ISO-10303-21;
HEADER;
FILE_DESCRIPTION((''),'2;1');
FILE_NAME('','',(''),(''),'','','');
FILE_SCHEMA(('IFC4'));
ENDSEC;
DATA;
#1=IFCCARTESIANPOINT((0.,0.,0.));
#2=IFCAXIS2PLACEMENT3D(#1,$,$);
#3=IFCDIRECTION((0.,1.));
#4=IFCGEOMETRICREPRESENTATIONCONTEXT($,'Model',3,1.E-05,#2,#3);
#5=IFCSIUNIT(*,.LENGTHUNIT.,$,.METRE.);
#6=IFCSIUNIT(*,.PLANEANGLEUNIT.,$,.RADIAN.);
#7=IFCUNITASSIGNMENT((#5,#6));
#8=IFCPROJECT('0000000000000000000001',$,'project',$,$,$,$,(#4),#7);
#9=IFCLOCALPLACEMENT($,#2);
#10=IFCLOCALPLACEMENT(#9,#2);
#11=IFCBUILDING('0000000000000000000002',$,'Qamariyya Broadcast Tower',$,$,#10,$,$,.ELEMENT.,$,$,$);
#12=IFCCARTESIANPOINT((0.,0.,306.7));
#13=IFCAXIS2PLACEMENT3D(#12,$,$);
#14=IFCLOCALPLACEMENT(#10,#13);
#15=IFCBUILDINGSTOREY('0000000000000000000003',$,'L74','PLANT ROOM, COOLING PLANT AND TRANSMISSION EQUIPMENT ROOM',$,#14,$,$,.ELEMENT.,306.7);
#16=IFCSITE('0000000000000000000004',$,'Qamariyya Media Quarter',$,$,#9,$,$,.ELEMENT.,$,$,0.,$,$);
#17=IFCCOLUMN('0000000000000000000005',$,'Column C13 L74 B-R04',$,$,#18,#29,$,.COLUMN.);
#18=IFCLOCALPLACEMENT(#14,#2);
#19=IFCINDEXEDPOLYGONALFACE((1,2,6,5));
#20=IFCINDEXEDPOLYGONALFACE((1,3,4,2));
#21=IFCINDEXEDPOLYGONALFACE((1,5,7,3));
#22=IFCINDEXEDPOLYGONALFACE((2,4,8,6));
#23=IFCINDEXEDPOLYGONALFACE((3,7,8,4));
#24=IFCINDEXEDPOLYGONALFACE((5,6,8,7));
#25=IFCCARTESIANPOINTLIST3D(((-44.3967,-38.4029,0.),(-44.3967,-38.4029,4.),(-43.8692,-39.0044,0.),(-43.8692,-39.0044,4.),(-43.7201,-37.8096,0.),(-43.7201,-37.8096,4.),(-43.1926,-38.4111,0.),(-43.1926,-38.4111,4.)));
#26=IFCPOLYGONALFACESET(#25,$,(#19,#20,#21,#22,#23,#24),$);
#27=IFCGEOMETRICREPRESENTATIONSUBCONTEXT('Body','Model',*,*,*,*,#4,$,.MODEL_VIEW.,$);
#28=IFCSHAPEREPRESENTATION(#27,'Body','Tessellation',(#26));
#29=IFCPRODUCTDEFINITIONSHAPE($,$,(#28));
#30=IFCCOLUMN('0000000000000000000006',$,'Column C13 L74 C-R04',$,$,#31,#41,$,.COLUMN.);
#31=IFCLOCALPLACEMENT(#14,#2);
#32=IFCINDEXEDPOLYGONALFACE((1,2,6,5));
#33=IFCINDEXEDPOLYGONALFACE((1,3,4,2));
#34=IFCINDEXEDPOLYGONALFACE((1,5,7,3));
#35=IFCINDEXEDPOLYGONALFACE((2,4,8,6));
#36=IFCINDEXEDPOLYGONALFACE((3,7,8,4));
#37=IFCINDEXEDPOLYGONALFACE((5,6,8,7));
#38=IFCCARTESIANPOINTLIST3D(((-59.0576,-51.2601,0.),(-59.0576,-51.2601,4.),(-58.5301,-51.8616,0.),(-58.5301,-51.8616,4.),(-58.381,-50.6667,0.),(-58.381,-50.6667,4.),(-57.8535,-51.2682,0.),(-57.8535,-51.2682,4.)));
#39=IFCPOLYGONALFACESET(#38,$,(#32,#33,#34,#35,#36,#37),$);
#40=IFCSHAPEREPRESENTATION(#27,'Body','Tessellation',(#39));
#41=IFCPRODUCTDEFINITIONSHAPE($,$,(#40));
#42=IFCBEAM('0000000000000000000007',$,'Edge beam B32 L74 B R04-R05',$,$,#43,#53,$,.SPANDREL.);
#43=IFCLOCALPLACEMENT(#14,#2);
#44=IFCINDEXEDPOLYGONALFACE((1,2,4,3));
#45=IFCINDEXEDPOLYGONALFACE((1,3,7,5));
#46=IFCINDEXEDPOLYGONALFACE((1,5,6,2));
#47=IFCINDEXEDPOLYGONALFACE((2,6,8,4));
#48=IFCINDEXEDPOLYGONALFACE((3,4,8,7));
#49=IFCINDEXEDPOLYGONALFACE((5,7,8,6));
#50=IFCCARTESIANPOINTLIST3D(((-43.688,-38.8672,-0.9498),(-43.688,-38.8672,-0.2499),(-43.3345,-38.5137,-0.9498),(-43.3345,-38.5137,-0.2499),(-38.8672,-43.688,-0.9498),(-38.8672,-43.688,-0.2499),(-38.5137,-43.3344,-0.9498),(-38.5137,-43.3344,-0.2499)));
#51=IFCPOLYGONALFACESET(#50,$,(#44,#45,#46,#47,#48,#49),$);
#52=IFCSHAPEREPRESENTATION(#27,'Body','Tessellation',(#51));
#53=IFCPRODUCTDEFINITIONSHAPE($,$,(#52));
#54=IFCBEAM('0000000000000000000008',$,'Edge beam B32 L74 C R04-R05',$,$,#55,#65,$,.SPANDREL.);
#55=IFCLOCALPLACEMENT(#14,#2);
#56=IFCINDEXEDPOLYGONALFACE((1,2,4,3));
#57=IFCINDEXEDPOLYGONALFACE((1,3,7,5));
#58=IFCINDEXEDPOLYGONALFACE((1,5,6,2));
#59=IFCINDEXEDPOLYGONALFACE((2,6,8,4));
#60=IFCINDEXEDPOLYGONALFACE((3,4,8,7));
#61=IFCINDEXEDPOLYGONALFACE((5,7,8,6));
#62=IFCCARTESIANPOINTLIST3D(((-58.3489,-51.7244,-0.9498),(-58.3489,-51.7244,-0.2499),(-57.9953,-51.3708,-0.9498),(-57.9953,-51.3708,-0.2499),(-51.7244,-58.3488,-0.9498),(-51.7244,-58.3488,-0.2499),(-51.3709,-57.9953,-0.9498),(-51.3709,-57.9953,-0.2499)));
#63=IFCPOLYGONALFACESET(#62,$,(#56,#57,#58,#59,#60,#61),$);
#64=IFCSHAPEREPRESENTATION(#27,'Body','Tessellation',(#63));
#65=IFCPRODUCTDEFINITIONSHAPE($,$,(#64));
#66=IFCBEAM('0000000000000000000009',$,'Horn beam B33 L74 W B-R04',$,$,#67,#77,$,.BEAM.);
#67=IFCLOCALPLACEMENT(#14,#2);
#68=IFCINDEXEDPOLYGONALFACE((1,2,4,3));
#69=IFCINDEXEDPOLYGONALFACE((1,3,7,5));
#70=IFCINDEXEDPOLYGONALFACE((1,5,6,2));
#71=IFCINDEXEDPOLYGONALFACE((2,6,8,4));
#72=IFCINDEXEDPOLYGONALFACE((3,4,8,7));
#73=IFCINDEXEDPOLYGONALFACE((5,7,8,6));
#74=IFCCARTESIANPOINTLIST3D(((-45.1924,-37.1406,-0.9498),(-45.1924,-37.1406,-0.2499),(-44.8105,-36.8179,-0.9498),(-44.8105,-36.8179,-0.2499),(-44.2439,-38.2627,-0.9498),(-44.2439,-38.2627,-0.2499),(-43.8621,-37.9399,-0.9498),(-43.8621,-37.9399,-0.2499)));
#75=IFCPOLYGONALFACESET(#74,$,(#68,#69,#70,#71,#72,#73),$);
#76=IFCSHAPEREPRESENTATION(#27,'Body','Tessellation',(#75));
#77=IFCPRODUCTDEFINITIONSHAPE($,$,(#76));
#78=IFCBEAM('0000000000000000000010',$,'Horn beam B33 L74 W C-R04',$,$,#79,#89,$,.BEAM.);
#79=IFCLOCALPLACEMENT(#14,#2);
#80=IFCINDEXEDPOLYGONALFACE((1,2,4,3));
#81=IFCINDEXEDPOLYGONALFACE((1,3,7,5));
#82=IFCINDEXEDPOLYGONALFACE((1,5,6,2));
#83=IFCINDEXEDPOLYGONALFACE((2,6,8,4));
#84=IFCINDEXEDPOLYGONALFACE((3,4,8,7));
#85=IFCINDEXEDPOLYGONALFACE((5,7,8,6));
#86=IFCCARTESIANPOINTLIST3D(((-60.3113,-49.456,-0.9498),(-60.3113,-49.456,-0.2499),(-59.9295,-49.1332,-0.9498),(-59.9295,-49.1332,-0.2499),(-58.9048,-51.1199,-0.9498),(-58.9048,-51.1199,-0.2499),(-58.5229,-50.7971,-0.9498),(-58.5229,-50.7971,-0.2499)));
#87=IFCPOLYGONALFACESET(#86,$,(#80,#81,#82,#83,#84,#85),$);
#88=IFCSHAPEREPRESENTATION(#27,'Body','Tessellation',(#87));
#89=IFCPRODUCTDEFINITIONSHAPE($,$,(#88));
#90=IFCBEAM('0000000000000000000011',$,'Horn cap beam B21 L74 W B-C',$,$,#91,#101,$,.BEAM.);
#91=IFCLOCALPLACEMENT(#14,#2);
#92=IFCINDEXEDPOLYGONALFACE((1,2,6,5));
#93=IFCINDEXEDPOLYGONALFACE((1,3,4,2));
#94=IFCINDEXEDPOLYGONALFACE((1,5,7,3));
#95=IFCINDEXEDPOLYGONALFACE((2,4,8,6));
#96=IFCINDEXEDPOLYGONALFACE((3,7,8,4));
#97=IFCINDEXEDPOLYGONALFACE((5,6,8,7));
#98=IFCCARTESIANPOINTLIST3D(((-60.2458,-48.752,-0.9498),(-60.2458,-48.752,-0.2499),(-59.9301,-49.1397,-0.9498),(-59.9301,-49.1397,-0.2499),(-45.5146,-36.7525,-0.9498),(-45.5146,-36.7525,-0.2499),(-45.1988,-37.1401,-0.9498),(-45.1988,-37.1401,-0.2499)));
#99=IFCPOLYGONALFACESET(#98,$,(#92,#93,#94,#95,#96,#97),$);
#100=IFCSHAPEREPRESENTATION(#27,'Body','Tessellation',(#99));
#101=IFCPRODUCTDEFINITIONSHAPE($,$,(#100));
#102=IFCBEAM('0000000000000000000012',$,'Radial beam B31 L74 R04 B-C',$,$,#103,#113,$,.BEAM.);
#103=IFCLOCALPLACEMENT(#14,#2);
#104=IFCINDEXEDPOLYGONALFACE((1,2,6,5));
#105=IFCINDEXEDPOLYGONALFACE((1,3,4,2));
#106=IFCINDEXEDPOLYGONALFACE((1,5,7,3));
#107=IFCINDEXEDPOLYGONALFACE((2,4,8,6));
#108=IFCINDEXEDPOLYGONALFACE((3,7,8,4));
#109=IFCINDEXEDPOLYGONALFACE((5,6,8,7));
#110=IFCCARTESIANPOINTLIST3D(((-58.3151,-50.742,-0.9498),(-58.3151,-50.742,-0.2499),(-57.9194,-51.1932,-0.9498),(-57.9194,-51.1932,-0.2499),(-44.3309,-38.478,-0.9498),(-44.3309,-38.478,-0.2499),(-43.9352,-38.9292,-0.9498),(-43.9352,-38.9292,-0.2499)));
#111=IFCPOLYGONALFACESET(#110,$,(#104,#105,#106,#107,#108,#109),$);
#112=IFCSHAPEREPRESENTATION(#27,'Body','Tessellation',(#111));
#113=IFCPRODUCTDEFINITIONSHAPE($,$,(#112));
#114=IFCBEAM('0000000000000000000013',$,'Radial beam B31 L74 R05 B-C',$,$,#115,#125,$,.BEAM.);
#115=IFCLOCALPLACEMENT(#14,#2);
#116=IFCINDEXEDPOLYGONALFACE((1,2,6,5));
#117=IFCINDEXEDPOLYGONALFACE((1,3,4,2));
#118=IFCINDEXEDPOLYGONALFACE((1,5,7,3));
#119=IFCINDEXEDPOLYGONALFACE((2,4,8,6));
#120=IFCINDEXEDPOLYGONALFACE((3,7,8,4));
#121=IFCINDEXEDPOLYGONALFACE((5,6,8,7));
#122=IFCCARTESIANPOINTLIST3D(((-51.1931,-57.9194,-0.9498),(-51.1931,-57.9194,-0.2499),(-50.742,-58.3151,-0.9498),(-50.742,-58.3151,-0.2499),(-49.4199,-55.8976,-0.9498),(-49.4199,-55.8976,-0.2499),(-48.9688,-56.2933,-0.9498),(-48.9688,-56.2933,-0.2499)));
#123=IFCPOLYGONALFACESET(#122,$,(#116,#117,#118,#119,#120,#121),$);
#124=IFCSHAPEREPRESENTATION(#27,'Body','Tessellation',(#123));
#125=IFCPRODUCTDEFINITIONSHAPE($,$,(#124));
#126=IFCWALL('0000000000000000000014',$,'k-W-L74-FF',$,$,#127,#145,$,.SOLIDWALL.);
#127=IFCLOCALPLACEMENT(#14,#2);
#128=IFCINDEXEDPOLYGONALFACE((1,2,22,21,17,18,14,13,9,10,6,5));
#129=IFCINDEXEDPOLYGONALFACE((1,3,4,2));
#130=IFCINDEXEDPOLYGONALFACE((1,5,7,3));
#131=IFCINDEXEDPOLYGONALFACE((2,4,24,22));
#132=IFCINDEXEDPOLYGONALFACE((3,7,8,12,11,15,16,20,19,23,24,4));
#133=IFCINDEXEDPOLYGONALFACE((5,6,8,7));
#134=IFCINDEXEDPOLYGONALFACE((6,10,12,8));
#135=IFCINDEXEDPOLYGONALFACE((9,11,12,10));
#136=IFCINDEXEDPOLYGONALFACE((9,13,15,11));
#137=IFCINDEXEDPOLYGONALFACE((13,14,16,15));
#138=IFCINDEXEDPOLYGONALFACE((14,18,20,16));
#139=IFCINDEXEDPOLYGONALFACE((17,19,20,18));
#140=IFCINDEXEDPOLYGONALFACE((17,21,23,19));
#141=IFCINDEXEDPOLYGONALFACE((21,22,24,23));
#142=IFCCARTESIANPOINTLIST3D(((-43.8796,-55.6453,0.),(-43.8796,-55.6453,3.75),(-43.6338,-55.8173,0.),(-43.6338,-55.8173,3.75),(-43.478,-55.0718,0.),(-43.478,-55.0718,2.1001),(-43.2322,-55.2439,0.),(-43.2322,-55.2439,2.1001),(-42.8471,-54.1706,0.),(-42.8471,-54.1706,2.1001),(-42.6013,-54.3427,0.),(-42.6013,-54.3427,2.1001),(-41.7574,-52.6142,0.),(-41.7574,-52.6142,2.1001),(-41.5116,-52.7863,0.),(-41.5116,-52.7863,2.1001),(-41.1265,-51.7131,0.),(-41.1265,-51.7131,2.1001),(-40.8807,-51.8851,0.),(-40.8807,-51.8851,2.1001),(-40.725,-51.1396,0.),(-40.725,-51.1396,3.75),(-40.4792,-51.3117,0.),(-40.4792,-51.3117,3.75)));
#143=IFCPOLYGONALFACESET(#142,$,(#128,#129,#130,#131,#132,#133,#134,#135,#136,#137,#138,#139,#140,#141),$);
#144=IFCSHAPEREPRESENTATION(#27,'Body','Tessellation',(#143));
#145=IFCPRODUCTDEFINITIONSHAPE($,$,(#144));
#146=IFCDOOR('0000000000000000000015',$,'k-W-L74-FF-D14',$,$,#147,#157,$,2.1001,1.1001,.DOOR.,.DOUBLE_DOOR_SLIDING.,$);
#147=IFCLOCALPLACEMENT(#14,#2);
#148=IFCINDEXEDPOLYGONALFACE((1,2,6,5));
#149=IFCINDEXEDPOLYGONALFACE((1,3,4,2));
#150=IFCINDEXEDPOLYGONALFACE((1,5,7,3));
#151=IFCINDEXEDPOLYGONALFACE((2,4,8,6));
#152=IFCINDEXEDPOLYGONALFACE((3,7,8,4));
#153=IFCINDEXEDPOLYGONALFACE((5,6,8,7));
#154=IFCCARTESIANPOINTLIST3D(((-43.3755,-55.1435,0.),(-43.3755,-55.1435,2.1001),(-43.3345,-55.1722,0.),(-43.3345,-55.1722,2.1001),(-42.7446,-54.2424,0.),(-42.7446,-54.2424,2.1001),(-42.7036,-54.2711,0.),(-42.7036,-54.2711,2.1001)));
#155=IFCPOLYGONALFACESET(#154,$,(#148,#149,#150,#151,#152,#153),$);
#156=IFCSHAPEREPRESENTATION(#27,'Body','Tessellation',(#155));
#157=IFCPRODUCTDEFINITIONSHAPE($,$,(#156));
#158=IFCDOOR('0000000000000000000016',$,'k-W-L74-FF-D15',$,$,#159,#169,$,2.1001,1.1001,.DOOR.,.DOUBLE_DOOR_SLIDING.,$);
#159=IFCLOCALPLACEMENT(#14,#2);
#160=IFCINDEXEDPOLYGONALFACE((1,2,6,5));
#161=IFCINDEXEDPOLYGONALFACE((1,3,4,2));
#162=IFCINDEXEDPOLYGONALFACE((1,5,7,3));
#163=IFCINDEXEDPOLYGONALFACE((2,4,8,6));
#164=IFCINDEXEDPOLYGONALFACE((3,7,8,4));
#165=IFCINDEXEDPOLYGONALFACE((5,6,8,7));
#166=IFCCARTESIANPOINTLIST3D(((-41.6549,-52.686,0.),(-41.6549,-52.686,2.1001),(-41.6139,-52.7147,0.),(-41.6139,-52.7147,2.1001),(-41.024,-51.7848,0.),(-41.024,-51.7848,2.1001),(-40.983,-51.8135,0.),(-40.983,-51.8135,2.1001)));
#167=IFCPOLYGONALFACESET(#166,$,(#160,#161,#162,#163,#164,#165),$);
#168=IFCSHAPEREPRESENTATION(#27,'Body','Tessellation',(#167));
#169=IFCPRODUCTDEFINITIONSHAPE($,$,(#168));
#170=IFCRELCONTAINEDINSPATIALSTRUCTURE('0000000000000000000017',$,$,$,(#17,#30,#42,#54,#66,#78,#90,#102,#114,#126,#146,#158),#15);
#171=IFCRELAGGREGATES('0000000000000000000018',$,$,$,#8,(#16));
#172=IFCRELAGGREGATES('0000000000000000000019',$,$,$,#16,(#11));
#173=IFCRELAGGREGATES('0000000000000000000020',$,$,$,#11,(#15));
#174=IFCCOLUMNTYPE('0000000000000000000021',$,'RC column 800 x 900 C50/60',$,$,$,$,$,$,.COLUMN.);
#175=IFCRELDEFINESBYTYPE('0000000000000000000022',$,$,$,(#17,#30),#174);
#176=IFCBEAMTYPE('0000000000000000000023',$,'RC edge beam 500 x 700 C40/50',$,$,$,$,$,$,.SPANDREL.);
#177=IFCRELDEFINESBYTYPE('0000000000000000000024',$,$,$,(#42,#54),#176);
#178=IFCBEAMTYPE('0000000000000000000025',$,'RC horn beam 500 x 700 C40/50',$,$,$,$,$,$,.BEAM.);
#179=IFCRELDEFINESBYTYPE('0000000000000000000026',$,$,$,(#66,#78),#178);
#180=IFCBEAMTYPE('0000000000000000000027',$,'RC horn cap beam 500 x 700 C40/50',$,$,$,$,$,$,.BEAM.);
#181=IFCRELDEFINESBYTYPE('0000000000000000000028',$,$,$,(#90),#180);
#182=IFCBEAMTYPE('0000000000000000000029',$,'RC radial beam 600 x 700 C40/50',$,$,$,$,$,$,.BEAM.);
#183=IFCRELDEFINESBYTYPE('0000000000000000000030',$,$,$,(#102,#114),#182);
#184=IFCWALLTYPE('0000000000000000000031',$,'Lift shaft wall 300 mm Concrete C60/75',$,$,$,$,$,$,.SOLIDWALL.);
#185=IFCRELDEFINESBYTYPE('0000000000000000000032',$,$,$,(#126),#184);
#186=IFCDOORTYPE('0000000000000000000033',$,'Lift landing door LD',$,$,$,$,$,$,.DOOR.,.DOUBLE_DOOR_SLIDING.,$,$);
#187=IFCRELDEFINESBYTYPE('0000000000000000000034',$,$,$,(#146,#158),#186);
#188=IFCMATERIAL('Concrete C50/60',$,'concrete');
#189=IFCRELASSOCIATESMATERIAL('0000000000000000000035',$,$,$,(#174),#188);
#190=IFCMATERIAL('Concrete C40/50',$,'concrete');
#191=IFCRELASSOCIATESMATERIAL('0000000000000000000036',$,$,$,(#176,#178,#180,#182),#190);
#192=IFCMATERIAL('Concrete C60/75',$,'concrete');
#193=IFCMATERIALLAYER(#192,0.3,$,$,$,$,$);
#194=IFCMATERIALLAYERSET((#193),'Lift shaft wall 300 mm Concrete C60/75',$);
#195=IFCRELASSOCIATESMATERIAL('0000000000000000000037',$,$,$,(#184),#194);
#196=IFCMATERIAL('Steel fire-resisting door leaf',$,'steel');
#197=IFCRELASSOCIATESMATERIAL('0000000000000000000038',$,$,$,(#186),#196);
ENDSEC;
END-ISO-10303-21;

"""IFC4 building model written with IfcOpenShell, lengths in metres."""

from ifc_helpers import new_model, si_unit, direction, frame, frame_2d, origin, origin_2d, place, context, subcontext, project, spatial, rectangle, extrude, material, layer, layer_set, material_profile, profile_set, type_object, element, fill, save


model = new_model("IFC4")

# Units and contexts
model_context = context("Model", 3, precision=1e-05, world=origin(), true_north=direction((0.0, 1.0)))
body_context = subcontext(model_context, "Body", "Model", "MODEL_VIEW")
ifc_project = project(units=[si_unit("LENGTHUNIT", "METRE"), si_unit("PLANEANGLEUNIT", "RADIAN")], contexts=[model_context])

# Site, building, storey
site_placement = place(None, origin())
site = spatial("IfcSite", under=ifc_project, at=site_placement, Name="Qamariyya Media Quarter", CompositionType="ELEMENT", RefElevation=0.0)
building_placement = place(site_placement, origin())
building = spatial("IfcBuilding", under=site, at=building_placement, Name="Qamariyya Broadcast Tower", CompositionType="ELEMENT")
storey_placement = place(building_placement, frame((0.0, 0.0, 306.7)))
storey = spatial("IfcBuildingStorey", under=building, at=storey_placement, Name="L74", Description="PLANT ROOM, COOLING PLANT AND TRANSMISSION EQUIPMENT ROOM", CompositionType="ELEMENT", Elevation=306.7)

# Columns
ifc_material_1 = material(Name="Concrete C50/60", Category="concrete")
ifc_material_profile_1 = material_profile(ifc_material_1, rectangle(XDim=0.8, YDim=0.8999, at=origin_2d()))
ifc_profile_set_1 = profile_set([ifc_material_profile_1], Name="Concrete C50/60")
column_type = type_object("IfcColumnType", Name="RC column 800 x 900 C50/60", PredefinedType="COLUMN", material=ifc_profile_set_1)
for number, where, z_axis, x_axis, name in (
    (1, (-43.7947, -38.407, 0.0), (0.0, 0.0, 1.0), (0.659346, -0.75184, 0.0), "Column C13 L74 B-R04"),
    (2, (-58.4556, -51.2642, 0.0), (0.0, 0.0, 1.0), (0.659346, -0.75184, 0.0), "Column C13 L74 C-R04"),
):
    element("IfcColumn", number, at=place(storey_placement, frame(where, z_axis=z_axis, x_axis=x_axis)), inside=storey, type_object=column_type, Name=name, PredefinedType="COLUMN", context=body_context, shape_type="SweptSolid", body=[
        extrude(rectangle(XDim=0.8, YDim=0.8999, at=origin_2d()), origin(), (0.0, 0.0, 1.0), 4.0),
    ])

# Beams
ifc_material_2 = material(Name="Concrete C40/50", Category="concrete")
ifc_material_profile_2 = material_profile(ifc_material_2, rectangle(XDim=0.5, YDim=0.7, at=origin_2d()))
ifc_profile_set_2 = profile_set([ifc_material_profile_2], Name="Concrete C40/50")
beam_type_1 = type_object("IfcBeamType", Name="RC edge beam 500 x 700 C40/50", PredefinedType="SPANDREL", material=ifc_profile_set_2)
beam_1_placement = place(storey_placement, frame((-43.5112, -38.6904, -0.5999), z_axis=(0.707107, -0.707107, 0.0), x_axis=(0.707107, 0.707107, 0.0)))
element("IfcBeam", 3, at=beam_1_placement, inside=storey, type_object=beam_type_1, Name="Edge beam B32 L74 B R04-R05", PredefinedType="SPANDREL", context=body_context, shape_type="SweptSolid", body=[
    extrude(rectangle(XDim=0.5, YDim=0.7, at=origin_2d()), origin(), (0.0, 0.0, 1.0), 6.8176),
])
beam_2_placement = place(storey_placement, frame((-58.1721, -51.5476, -0.5999), z_axis=(0.707107, -0.707107, 0.0), x_axis=(0.707107, 0.707107, 0.0)))
element("IfcBeam", 4, at=beam_2_placement, inside=storey, type_object=beam_type_1, Name="Edge beam B32 L74 C R04-R05", PredefinedType="SPANDREL", context=body_context, shape_type="SweptSolid", body=[
    extrude(rectangle(XDim=0.5, YDim=0.7, at=origin_2d()), origin(), (0.0, 0.0, 1.0), 9.3684),
])
ifc_material_profile_3 = material_profile(ifc_material_2, rectangle(XDim=0.5, YDim=0.7, at=origin_2d()))
ifc_profile_set_3 = profile_set([ifc_material_profile_3], Name="Concrete C40/50")
beam_type_2 = type_object("IfcBeamType", Name="RC horn beam 500 x 700 C40/50", PredefinedType="BEAM", material=ifc_profile_set_3)
beam_3_placement = place(storey_placement, frame((-44.053, -38.1013, -0.5999), z_axis=(-0.645562, 0.763708, 0.0), x_axis=(-0.763708, -0.645562, 0.0)))
element("IfcBeam", 5, at=beam_3_placement, inside=storey, type_object=beam_type_2, Name="Horn beam B33 L74 W B-R04", PredefinedType="BEAM", context=body_context, shape_type="SweptSolid", body=[
    extrude(rectangle(XDim=0.5, YDim=0.7, at=origin_2d()), origin(), (0.0, 0.0, 1.0), 1.4692),
])
beam_4_placement = place(storey_placement, frame((-58.7139, -50.9585, -0.5999), z_axis=(-0.64558, 0.763692, 0.0), x_axis=(-0.763692, -0.64558, 0.0)))
element("IfcBeam", 6, at=beam_4_placement, inside=storey, type_object=beam_type_2, Name="Horn beam B33 L74 W C-R04", PredefinedType="BEAM", context=body_context, shape_type="SweptSolid", body=[
    extrude(rectangle(XDim=0.5, YDim=0.7, at=origin_2d()), origin(), (0.0, 0.0, 1.0), 2.1787),
])
ifc_material_profile_4 = material_profile(ifc_material_2, rectangle(XDim=0.5, YDim=0.7, at=origin_2d()))
ifc_profile_set_4 = profile_set([ifc_material_profile_4], Name="Concrete C40/50")
beam_type_3 = type_object("IfcBeamType", Name="RC horn cap beam 500 x 700 C40/50", PredefinedType="BEAM", material=ifc_profile_set_4)
beam_5_placement = place(storey_placement, frame((-45.3567, -36.9463, -0.5999), z_axis=(-0.77533, -0.631556, 0.0), x_axis=(0.631556, -0.77533, 0.0)))
element("IfcBeam", 7, at=beam_5_placement, inside=storey, type_object=beam_type_3, Name="Horn cap beam B21 L74 W B-C", PredefinedType="BEAM", context=body_context, shape_type="SweptSolid", body=[
    extrude(rectangle(XDim=0.5, YDim=0.7, at=origin_2d()), origin(), (0.0, 0.0, 1.0), 19.0),
])
ifc_material_profile_5 = material_profile(ifc_material_2, rectangle(XDim=0.6001, YDim=0.7, at=origin_2d()))
ifc_profile_set_5 = profile_set([ifc_material_profile_5], Name="Concrete C40/50")
beam_type_4 = type_object("IfcBeamType", Name="RC radial beam 600 x 700 C40/50", PredefinedType="BEAM", material=ifc_profile_set_5)
beam_6_placement = place(storey_placement, frame((-44.1331, -38.7036, -0.5999), z_axis=(-0.751835, -0.659351, 0.0), x_axis=(0.659351, -0.751835, 0.0)))
element("IfcBeam", 8, at=beam_6_placement, inside=storey, type_object=beam_type_4, Name="Radial beam B31 L74 R04 B-C", PredefinedType="BEAM", context=body_context, shape_type="SweptSolid", body=[
    extrude(rectangle(XDim=0.6001, YDim=0.7, at=origin_2d()), origin(), (0.0, 0.0, 1.0), 18.6001),
])
beam_7_placement = place(storey_placement, frame((-49.1943, -56.0955, -0.5999), z_axis=(-0.659385, -0.751806, 0.0), x_axis=(0.751806, -0.659385, 0.0)))
element("IfcBeam", 9, at=beam_7_placement, inside=storey, type_object=beam_type_4, Name="Radial beam B31 L74 R05 B-C", PredefinedType="BEAM", context=body_context, shape_type="SweptSolid", body=[
    extrude(rectangle(XDim=0.6001, YDim=0.7, at=origin_2d()), origin(), (0.0, 0.0, 1.0), 2.6892),
])

# Wall, openings, doors
ifc_material_3 = material(Name="Concrete C60/75", Category="concrete")
ifc_layer_1 = layer(ifc_material_3, 0.3)
ifc_layer_set_1 = layer_set([ifc_layer_1], Name="Lift shaft wall 300 mm Concrete C60/75")
wall_type_1 = type_object("IfcWallType", Name="Lift shaft wall 300 mm Concrete C60/75", PredefinedType="SOLIDWALL", material=ifc_layer_set_1)
wall_1_placement = place(storey_placement, frame((-43.7566, -55.7312, 0.0), z_axis=(0.0, 0.0, 1.0), x_axis=(0.573537, 0.81918, 0.0)))
wall_1 = element("IfcWall", 10, at=wall_1_placement, inside=storey, type_object=wall_type_1, Name="k-W-L74-FF", PredefinedType="SOLIDWALL", context=body_context, shape_type="SweptSolid", body=[
    extrude(rectangle(XDim=5.5002, YDim=0.3, at=frame_2d((2.75, 0.0))), origin(), (0.0, 0.0, 1.0), 3.75),
])
opening_1_placement = place(wall_1_placement, frame((0.7, 0.0, 0.0)))
opening_1 = element("IfcOpeningElement", 11, at=opening_1_placement, cuts=wall_1, PredefinedType="OPENING", context=body_context, shape_type="SweptSolid", body=[
    extrude(rectangle(XDim=1.1001, YDim=2.1001, at=frame_2d((0.55, 1.05))), frame((0.0, 0.1599, 0.0), z_axis=(0.0, -1.0, 0.0), x_axis=(1.0, 0.0, 0.0)), (0.0, 0.0, 1.0), 0.3201),
])
opening_2_placement = place(wall_1_placement, frame((3.7, 0.0, 0.0)))
opening_2 = element("IfcOpeningElement", 12, at=opening_2_placement, cuts=wall_1, PredefinedType="OPENING", context=body_context, shape_type="SweptSolid", body=[
    extrude(rectangle(XDim=1.1001, YDim=2.1001, at=frame_2d((0.55, 1.05))), frame((0.0, 0.1599, 0.0), z_axis=(0.0, -1.0, 0.0), x_axis=(1.0, 0.0, 0.0)), (0.0, 0.0, 1.0), 0.3201),
])
ifc_material_4 = material(Name="Steel fire-resisting door leaf", Category="steel")
door_type_1 = type_object("IfcDoorType", Name="Lift landing door LD", OperationType="DOUBLE_DOOR_SLIDING", PredefinedType="DOOR", material=ifc_material_4)
door_1_placement = place(opening_1_placement, origin())
door_1 = element("IfcDoor", 13, at=door_1_placement, inside=storey, type_object=door_type_1, Name="k-W-L74-FF-D14", OperationType="DOUBLE_DOOR_SLIDING", OverallHeight=2.1001, OverallWidth=1.1001, PredefinedType="DOOR", context=body_context, shape_type="SweptSolid", body=[
    extrude(rectangle(XDim=1.1001, YDim=2.1001, at=frame_2d((0.55, 1.05))), frame((0.0, 0.0249, 0.0), z_axis=(0.0, -1.0, 0.0), x_axis=(1.0, 0.0, 0.0)), (0.0, 0.0, 1.0), 0.05),
])
fill(opening_1, door_1)
door_2_placement = place(opening_2_placement, origin())
door_2 = element("IfcDoor", 14, at=door_2_placement, inside=storey, type_object=door_type_1, Name="k-W-L74-FF-D15", OperationType="DOUBLE_DOOR_SLIDING", OverallHeight=2.1001, OverallWidth=1.1001, PredefinedType="DOOR", context=body_context, shape_type="SweptSolid", body=[
    extrude(rectangle(XDim=1.1001, YDim=2.1001, at=frame_2d((0.55, 1.05))), frame((0.0, 0.0249, 0.0), z_axis=(0.0, -1.0, 0.0), x_axis=(1.0, 0.0, 0.0)), (0.0, 0.0, 1.0), 0.05),
])
fill(opening_2, door_2)

save(model, "model.ifc")
